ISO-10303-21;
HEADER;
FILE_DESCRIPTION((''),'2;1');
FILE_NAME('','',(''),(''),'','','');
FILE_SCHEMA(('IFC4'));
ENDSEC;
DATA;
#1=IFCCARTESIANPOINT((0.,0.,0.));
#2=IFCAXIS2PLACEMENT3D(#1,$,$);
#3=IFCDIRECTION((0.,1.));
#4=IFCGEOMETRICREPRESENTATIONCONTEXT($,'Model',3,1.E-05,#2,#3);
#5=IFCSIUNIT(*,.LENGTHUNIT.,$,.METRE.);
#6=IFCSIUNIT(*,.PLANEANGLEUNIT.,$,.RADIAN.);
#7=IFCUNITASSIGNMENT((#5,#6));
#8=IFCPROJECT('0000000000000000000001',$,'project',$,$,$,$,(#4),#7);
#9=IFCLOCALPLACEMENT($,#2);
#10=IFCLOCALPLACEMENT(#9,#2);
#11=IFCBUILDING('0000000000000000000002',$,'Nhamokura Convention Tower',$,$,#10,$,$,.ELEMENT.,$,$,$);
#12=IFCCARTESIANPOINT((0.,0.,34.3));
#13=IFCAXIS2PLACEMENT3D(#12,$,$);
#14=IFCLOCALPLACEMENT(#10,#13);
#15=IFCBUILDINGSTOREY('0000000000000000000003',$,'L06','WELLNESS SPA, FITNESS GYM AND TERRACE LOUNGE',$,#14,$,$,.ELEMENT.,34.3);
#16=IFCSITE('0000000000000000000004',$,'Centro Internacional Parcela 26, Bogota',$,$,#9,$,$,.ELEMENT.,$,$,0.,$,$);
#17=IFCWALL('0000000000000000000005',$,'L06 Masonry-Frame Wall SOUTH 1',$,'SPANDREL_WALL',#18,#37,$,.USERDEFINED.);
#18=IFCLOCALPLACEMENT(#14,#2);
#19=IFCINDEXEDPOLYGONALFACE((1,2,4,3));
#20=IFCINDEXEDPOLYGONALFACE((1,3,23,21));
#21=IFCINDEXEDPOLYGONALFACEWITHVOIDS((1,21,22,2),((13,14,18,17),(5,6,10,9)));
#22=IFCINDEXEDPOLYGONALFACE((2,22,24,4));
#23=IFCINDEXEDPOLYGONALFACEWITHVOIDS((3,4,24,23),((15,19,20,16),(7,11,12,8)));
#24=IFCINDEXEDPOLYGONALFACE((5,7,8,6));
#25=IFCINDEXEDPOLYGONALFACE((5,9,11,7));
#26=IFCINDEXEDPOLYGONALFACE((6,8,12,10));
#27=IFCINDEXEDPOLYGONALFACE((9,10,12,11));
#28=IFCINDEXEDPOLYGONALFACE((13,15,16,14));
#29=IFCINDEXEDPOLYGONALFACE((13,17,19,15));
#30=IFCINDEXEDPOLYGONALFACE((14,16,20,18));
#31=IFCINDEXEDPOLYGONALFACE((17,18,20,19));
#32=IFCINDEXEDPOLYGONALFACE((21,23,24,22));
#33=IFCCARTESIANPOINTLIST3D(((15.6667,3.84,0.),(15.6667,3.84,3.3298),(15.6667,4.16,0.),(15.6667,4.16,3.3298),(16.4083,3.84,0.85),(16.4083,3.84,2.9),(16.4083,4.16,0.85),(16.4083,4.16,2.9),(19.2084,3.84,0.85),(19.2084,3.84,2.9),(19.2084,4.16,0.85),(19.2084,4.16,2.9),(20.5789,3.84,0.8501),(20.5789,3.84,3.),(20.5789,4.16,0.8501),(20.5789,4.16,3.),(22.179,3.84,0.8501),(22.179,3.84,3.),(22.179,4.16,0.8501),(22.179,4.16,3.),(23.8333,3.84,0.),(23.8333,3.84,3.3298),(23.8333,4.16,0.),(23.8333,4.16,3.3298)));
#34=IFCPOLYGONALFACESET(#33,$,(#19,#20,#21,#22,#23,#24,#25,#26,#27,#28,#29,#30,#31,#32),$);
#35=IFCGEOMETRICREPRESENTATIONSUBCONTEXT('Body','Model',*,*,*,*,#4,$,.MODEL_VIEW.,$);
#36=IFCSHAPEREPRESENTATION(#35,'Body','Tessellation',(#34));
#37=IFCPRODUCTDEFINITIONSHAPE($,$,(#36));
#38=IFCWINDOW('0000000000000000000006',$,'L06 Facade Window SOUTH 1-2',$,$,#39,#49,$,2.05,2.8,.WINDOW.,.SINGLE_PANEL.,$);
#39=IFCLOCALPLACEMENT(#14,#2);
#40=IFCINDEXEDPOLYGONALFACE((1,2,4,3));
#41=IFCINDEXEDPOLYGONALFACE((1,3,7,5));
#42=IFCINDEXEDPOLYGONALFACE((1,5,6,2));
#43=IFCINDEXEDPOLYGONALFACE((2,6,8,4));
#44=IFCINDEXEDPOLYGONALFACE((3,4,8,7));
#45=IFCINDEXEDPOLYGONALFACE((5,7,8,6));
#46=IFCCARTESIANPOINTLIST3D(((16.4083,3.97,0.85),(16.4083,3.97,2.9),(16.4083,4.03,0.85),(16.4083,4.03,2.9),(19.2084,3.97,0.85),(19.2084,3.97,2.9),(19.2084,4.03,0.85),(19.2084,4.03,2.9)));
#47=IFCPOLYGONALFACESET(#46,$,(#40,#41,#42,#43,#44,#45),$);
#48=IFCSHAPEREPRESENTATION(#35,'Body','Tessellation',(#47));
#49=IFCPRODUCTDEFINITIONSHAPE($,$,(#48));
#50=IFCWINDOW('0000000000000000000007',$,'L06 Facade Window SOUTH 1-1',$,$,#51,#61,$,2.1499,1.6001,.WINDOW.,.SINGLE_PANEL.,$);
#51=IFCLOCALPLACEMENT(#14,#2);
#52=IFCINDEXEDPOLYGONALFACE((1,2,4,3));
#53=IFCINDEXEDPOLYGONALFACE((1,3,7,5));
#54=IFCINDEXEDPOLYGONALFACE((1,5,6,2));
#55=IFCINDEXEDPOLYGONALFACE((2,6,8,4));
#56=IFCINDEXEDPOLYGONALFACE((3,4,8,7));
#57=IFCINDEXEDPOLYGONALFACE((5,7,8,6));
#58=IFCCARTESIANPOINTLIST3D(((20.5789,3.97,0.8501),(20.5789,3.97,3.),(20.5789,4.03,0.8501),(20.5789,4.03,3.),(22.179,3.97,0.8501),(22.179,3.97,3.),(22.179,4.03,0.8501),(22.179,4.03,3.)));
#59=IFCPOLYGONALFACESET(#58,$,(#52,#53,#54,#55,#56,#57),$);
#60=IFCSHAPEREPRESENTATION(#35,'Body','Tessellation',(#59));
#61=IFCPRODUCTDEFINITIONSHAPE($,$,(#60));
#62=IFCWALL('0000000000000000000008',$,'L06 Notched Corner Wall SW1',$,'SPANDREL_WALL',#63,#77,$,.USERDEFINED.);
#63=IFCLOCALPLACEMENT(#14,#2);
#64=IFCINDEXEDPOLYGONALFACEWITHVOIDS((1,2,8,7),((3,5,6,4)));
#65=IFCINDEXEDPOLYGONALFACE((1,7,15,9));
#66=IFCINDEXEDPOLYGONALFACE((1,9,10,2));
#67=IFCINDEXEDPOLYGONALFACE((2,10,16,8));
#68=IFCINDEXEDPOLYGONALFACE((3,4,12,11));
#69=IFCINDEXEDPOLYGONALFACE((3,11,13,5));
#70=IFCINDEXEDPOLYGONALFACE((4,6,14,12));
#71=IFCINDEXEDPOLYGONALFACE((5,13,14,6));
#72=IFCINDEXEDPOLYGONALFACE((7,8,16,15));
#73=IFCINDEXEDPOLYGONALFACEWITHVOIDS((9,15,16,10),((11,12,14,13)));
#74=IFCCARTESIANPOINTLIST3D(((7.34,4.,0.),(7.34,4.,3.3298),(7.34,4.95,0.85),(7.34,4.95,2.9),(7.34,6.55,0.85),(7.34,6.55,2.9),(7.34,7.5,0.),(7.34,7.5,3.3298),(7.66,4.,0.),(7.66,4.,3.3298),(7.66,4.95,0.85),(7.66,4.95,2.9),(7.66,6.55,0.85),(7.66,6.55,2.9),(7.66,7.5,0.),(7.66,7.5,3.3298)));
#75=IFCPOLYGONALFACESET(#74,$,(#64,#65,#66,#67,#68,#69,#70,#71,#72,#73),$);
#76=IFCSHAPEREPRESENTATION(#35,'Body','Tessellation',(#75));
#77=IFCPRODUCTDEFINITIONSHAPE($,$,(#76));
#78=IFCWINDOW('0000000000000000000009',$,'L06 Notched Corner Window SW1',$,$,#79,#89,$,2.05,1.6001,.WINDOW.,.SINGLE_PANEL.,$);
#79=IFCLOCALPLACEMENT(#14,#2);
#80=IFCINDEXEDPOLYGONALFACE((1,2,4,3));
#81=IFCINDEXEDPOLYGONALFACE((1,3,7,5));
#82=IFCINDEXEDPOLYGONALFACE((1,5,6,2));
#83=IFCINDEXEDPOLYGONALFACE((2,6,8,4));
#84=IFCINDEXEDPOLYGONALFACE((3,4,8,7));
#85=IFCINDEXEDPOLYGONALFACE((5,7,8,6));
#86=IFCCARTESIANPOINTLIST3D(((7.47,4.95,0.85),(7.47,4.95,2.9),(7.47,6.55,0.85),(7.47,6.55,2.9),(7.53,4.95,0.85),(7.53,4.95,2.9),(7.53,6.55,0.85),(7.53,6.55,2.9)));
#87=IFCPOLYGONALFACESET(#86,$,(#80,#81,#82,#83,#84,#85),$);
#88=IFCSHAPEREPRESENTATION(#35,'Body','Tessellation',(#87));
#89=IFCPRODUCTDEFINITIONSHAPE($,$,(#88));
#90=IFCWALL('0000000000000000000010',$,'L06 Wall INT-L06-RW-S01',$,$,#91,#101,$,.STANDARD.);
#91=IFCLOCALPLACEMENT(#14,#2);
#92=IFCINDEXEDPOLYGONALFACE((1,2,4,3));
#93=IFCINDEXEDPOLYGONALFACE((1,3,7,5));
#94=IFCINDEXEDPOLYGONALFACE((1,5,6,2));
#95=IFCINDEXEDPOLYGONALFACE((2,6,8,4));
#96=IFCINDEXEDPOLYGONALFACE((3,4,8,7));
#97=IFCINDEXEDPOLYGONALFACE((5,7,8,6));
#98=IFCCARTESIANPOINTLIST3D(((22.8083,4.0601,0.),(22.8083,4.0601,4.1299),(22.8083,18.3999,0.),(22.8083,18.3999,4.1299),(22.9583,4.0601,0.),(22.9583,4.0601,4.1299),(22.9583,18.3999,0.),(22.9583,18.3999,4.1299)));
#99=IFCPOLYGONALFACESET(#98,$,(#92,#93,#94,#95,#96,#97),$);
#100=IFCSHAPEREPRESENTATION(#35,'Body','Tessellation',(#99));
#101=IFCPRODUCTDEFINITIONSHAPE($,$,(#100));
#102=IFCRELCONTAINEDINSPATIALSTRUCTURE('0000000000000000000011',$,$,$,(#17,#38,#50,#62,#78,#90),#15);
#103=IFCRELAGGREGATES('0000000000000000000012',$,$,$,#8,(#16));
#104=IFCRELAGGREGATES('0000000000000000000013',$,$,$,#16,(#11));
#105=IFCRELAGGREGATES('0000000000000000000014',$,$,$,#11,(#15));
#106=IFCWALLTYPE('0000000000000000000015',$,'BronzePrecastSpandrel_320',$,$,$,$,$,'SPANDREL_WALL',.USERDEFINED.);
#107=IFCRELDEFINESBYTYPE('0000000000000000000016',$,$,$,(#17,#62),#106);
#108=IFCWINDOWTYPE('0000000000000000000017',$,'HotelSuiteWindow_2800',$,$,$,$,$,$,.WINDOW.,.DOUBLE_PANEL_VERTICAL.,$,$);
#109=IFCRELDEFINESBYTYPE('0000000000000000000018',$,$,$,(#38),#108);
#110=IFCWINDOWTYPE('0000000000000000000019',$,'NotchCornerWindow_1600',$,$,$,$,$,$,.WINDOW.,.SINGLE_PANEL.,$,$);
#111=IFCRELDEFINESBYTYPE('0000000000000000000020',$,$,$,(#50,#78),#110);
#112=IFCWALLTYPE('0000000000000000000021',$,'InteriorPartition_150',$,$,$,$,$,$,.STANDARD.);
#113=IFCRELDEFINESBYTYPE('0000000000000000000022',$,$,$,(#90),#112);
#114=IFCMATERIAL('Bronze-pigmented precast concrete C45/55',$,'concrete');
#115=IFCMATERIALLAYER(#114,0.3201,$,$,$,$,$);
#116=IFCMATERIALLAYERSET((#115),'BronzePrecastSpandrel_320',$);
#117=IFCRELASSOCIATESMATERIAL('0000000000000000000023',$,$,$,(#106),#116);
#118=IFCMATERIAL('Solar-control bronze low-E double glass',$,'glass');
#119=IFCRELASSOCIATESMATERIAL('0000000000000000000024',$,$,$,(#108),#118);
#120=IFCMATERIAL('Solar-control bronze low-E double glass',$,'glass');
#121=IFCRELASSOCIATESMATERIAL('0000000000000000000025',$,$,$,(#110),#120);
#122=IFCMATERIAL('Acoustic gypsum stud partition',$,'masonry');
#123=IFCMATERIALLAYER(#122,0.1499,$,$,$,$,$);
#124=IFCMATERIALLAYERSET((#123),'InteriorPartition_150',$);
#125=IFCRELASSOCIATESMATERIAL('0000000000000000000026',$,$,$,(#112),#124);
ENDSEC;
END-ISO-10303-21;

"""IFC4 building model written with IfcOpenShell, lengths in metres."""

from ifc_helpers import new_model, si_unit, direction, frame, frame_2d, origin, place, context, subcontext, project, spatial, rectangle, extrude, material, layer, layer_set, type_object, element, fill, save


model = new_model("IFC4")

# Units and contexts
model_context = context("Model", 3, precision=1e-05, world=origin(), true_north=direction((0.0, 1.0)))
body_context = subcontext(model_context, "Body", "Model", "MODEL_VIEW")
ifc_project = project(units=[si_unit("LENGTHUNIT", "METRE"), si_unit("PLANEANGLEUNIT", "RADIAN")], contexts=[model_context])

# Site, building, storey
site_placement = place(None, origin())
site = spatial("IfcSite", under=ifc_project, at=site_placement, Name="Centro Internacional Parcela 26, Bogota", CompositionType="ELEMENT", RefElevation=0.0)
building_placement = place(site_placement, origin())
building = spatial("IfcBuilding", under=site, at=building_placement, Name="Nhamokura Convention Tower", CompositionType="ELEMENT")
storey_placement = place(building_placement, frame((0.0, 0.0, 34.3)))
storey = spatial("IfcBuildingStorey", under=building, at=storey_placement, Name="L06", Description="WELLNESS SPA, FITNESS GYM AND TERRACE LOUNGE", CompositionType="ELEMENT", Elevation=34.3)

# Shared definitions
ifc_material_1 = material(Name="Bronze-pigmented precast concrete C45/55", Category="concrete")
ifc_layer_1 = layer(ifc_material_1, 0.3201)
ifc_layer_set_1 = layer_set([ifc_layer_1], Name="BronzePrecastSpandrel_320")
wall_type_1 = type_object("IfcWallType", Name="BronzePrecastSpandrel_320", ElementType="SPANDREL_WALL", PredefinedType="USERDEFINED", material=ifc_layer_set_1)

# Wall, openings, windows
wall_1_placement = place(storey_placement, frame((23.8333, 4.0, 0.0), z_axis=(0.0, 0.0, 1.0), x_axis=(-1.0, 0.0, 0.0)))
wall_1 = element("IfcWall", 1, at=wall_1_placement, inside=storey, type_object=wall_type_1, Name="L06 Masonry-Frame Wall SOUTH 1", ObjectType="SPANDREL_WALL", PredefinedType="USERDEFINED", context=body_context, shape_type="SweptSolid", body=[
    extrude(rectangle(XDim=8.1665, YDim=0.3201, at=frame_2d((4.0833, 0.0))), origin(), (0.0, 0.0, 1.0), 3.3298),
])
opening_1_placement = place(wall_1_placement, frame((1.6543, 0.0, 0.8501)))
opening_1 = element("IfcOpeningElement", 2, at=opening_1_placement, cuts=wall_1, PredefinedType="OPENING", context=body_context, shape_type="SweptSolid", body=[
    extrude(rectangle(XDim=1.6001, YDim=2.1499, at=frame_2d((0.8, 1.075))), frame((0.0, 0.1699, 0.0), z_axis=(0.0, -1.0, 0.0), x_axis=(1.0, 0.0, 0.0)), (0.0, 0.0, 1.0), 0.3401),
])
opening_2_placement = place(wall_1_placement, frame((4.625, 0.0, 0.8501)))
opening_2 = element("IfcOpeningElement", 3, at=opening_2_placement, cuts=wall_1, PredefinedType="OPENING", context=body_context, shape_type="SweptSolid", body=[
    extrude(rectangle(XDim=2.8, YDim=2.05, at=frame_2d((1.3999, 1.0249))), frame((0.0, 0.1699, 0.0), z_axis=(0.0, -1.0, 0.0), x_axis=(1.0, 0.0, 0.0)), (0.0, 0.0, 1.0), 0.3401),
])
ifc_material_2 = material(Name="Solar-control bronze low-E double glass", Category="glass")
window_type_1 = type_object("IfcWindowType", Name="HotelSuiteWindow_2800", PartitioningType="DOUBLE_PANEL_VERTICAL", PredefinedType="WINDOW", material=ifc_material_2)
window_1_placement = place(opening_2_placement, origin())
window_1 = element("IfcWindow", 4, at=window_1_placement, inside=storey, type_object=window_type_1, Name="L06 Facade Window SOUTH 1-2", OverallHeight=2.05, OverallWidth=2.8, PartitioningType="SINGLE_PANEL", PredefinedType="WINDOW", context=body_context, shape_type="SweptSolid", body=[
    extrude(rectangle(XDim=2.8, YDim=2.05, at=frame_2d((1.3999, 1.0249))), frame((0.0, 0.03, 0.0), z_axis=(0.0, -1.0, 0.0), x_axis=(1.0, 0.0, 0.0)), (0.0, 0.0, 1.0), 0.0601),
])
fill(opening_2, window_1)
ifc_material_3 = material(Name="Solar-control bronze low-E double glass", Category="glass")
window_type_2 = type_object("IfcWindowType", Name="NotchCornerWindow_1600", PartitioningType="SINGLE_PANEL", PredefinedType="WINDOW", material=ifc_material_3)
window_2_placement = place(opening_1_placement, origin())
window_2 = element("IfcWindow", 5, at=window_2_placement, inside=storey, type_object=window_type_2, Name="L06 Facade Window SOUTH 1-1", OverallHeight=2.1499, OverallWidth=1.6001, PartitioningType="SINGLE_PANEL", PredefinedType="WINDOW", context=body_context, shape_type="SweptSolid", body=[
    extrude(rectangle(XDim=1.6001, YDim=2.1499, at=frame_2d((0.8, 1.075))), frame((0.0, 0.03, 0.0), z_axis=(0.0, -1.0, 0.0), x_axis=(1.0, 0.0, 0.0)), (0.0, 0.0, 1.0), 0.0601),
])
fill(opening_1, window_2)

# Wall, opening, window
wall_2_placement = place(storey_placement, frame((7.5, 4.0, 0.0), z_axis=(0.0, 0.0, 1.0), x_axis=(0.0, 1.0, 0.0)))
wall_2 = element("IfcWall", 6, at=wall_2_placement, inside=storey, type_object=wall_type_1, Name="L06 Notched Corner Wall SW1", ObjectType="SPANDREL_WALL", PredefinedType="USERDEFINED", context=body_context, shape_type="SweptSolid", body=[
    extrude(rectangle(XDim=3.5, YDim=0.3201, at=frame_2d((1.75, 0.0))), origin(), (0.0, 0.0, 1.0), 3.3298),
])
opening_3_placement = place(wall_2_placement, frame((0.95, 0.0, 0.8501)))
opening_3 = element("IfcOpeningElement", 7, at=opening_3_placement, cuts=wall_2, PredefinedType="OPENING", context=body_context, shape_type="SweptSolid", body=[
    extrude(rectangle(XDim=1.6001, YDim=2.05, at=frame_2d((0.8, 1.0249))), frame((0.0, 0.1699, 0.0), z_axis=(0.0, -1.0, 0.0), x_axis=(1.0, 0.0, 0.0)), (0.0, 0.0, 1.0), 0.3401),
])
window_3_placement = place(opening_3_placement, origin())
window_3 = element("IfcWindow", 8, at=window_3_placement, inside=storey, type_object=window_type_2, Name="L06 Notched Corner Window SW1", OverallHeight=2.05, OverallWidth=1.6001, PartitioningType="SINGLE_PANEL", PredefinedType="WINDOW", context=body_context, shape_type="SweptSolid", body=[
    extrude(rectangle(XDim=1.6001, YDim=2.05, at=frame_2d((0.8, 1.0249))), frame((0.0, 0.03, 0.0), z_axis=(0.0, -1.0, 0.0), x_axis=(1.0, 0.0, 0.0)), (0.0, 0.0, 1.0), 0.0601),
])
fill(opening_3, window_3)

# Wall
ifc_material_4 = material(Name="Acoustic gypsum stud partition", Category="masonry")
ifc_layer_2 = layer(ifc_material_4, 0.1499)
ifc_layer_set_2 = layer_set([ifc_layer_2], Name="InteriorPartition_150")
wall_type_2 = type_object("IfcWallType", Name="InteriorPartition_150", PredefinedType="STANDARD", material=ifc_layer_set_2)
wall_3_placement = place(storey_placement, frame((22.8833, 4.0601, 0.0), z_axis=(0.0, 0.0, 1.0), x_axis=(0.0, 1.0, 0.0)))
element("IfcWall", 9, at=wall_3_placement, inside=storey, type_object=wall_type_2, Name="L06 Wall INT-L06-RW-S01", PredefinedType="STANDARD", context=body_context, shape_type="SweptSolid", body=[
    extrude(rectangle(XDim=14.3398, YDim=0.1499, at=frame_2d((7.1699, 0.0))), origin(), (0.0, 0.0, 1.0), 4.1299),
])

save(model, "model.ifc")
